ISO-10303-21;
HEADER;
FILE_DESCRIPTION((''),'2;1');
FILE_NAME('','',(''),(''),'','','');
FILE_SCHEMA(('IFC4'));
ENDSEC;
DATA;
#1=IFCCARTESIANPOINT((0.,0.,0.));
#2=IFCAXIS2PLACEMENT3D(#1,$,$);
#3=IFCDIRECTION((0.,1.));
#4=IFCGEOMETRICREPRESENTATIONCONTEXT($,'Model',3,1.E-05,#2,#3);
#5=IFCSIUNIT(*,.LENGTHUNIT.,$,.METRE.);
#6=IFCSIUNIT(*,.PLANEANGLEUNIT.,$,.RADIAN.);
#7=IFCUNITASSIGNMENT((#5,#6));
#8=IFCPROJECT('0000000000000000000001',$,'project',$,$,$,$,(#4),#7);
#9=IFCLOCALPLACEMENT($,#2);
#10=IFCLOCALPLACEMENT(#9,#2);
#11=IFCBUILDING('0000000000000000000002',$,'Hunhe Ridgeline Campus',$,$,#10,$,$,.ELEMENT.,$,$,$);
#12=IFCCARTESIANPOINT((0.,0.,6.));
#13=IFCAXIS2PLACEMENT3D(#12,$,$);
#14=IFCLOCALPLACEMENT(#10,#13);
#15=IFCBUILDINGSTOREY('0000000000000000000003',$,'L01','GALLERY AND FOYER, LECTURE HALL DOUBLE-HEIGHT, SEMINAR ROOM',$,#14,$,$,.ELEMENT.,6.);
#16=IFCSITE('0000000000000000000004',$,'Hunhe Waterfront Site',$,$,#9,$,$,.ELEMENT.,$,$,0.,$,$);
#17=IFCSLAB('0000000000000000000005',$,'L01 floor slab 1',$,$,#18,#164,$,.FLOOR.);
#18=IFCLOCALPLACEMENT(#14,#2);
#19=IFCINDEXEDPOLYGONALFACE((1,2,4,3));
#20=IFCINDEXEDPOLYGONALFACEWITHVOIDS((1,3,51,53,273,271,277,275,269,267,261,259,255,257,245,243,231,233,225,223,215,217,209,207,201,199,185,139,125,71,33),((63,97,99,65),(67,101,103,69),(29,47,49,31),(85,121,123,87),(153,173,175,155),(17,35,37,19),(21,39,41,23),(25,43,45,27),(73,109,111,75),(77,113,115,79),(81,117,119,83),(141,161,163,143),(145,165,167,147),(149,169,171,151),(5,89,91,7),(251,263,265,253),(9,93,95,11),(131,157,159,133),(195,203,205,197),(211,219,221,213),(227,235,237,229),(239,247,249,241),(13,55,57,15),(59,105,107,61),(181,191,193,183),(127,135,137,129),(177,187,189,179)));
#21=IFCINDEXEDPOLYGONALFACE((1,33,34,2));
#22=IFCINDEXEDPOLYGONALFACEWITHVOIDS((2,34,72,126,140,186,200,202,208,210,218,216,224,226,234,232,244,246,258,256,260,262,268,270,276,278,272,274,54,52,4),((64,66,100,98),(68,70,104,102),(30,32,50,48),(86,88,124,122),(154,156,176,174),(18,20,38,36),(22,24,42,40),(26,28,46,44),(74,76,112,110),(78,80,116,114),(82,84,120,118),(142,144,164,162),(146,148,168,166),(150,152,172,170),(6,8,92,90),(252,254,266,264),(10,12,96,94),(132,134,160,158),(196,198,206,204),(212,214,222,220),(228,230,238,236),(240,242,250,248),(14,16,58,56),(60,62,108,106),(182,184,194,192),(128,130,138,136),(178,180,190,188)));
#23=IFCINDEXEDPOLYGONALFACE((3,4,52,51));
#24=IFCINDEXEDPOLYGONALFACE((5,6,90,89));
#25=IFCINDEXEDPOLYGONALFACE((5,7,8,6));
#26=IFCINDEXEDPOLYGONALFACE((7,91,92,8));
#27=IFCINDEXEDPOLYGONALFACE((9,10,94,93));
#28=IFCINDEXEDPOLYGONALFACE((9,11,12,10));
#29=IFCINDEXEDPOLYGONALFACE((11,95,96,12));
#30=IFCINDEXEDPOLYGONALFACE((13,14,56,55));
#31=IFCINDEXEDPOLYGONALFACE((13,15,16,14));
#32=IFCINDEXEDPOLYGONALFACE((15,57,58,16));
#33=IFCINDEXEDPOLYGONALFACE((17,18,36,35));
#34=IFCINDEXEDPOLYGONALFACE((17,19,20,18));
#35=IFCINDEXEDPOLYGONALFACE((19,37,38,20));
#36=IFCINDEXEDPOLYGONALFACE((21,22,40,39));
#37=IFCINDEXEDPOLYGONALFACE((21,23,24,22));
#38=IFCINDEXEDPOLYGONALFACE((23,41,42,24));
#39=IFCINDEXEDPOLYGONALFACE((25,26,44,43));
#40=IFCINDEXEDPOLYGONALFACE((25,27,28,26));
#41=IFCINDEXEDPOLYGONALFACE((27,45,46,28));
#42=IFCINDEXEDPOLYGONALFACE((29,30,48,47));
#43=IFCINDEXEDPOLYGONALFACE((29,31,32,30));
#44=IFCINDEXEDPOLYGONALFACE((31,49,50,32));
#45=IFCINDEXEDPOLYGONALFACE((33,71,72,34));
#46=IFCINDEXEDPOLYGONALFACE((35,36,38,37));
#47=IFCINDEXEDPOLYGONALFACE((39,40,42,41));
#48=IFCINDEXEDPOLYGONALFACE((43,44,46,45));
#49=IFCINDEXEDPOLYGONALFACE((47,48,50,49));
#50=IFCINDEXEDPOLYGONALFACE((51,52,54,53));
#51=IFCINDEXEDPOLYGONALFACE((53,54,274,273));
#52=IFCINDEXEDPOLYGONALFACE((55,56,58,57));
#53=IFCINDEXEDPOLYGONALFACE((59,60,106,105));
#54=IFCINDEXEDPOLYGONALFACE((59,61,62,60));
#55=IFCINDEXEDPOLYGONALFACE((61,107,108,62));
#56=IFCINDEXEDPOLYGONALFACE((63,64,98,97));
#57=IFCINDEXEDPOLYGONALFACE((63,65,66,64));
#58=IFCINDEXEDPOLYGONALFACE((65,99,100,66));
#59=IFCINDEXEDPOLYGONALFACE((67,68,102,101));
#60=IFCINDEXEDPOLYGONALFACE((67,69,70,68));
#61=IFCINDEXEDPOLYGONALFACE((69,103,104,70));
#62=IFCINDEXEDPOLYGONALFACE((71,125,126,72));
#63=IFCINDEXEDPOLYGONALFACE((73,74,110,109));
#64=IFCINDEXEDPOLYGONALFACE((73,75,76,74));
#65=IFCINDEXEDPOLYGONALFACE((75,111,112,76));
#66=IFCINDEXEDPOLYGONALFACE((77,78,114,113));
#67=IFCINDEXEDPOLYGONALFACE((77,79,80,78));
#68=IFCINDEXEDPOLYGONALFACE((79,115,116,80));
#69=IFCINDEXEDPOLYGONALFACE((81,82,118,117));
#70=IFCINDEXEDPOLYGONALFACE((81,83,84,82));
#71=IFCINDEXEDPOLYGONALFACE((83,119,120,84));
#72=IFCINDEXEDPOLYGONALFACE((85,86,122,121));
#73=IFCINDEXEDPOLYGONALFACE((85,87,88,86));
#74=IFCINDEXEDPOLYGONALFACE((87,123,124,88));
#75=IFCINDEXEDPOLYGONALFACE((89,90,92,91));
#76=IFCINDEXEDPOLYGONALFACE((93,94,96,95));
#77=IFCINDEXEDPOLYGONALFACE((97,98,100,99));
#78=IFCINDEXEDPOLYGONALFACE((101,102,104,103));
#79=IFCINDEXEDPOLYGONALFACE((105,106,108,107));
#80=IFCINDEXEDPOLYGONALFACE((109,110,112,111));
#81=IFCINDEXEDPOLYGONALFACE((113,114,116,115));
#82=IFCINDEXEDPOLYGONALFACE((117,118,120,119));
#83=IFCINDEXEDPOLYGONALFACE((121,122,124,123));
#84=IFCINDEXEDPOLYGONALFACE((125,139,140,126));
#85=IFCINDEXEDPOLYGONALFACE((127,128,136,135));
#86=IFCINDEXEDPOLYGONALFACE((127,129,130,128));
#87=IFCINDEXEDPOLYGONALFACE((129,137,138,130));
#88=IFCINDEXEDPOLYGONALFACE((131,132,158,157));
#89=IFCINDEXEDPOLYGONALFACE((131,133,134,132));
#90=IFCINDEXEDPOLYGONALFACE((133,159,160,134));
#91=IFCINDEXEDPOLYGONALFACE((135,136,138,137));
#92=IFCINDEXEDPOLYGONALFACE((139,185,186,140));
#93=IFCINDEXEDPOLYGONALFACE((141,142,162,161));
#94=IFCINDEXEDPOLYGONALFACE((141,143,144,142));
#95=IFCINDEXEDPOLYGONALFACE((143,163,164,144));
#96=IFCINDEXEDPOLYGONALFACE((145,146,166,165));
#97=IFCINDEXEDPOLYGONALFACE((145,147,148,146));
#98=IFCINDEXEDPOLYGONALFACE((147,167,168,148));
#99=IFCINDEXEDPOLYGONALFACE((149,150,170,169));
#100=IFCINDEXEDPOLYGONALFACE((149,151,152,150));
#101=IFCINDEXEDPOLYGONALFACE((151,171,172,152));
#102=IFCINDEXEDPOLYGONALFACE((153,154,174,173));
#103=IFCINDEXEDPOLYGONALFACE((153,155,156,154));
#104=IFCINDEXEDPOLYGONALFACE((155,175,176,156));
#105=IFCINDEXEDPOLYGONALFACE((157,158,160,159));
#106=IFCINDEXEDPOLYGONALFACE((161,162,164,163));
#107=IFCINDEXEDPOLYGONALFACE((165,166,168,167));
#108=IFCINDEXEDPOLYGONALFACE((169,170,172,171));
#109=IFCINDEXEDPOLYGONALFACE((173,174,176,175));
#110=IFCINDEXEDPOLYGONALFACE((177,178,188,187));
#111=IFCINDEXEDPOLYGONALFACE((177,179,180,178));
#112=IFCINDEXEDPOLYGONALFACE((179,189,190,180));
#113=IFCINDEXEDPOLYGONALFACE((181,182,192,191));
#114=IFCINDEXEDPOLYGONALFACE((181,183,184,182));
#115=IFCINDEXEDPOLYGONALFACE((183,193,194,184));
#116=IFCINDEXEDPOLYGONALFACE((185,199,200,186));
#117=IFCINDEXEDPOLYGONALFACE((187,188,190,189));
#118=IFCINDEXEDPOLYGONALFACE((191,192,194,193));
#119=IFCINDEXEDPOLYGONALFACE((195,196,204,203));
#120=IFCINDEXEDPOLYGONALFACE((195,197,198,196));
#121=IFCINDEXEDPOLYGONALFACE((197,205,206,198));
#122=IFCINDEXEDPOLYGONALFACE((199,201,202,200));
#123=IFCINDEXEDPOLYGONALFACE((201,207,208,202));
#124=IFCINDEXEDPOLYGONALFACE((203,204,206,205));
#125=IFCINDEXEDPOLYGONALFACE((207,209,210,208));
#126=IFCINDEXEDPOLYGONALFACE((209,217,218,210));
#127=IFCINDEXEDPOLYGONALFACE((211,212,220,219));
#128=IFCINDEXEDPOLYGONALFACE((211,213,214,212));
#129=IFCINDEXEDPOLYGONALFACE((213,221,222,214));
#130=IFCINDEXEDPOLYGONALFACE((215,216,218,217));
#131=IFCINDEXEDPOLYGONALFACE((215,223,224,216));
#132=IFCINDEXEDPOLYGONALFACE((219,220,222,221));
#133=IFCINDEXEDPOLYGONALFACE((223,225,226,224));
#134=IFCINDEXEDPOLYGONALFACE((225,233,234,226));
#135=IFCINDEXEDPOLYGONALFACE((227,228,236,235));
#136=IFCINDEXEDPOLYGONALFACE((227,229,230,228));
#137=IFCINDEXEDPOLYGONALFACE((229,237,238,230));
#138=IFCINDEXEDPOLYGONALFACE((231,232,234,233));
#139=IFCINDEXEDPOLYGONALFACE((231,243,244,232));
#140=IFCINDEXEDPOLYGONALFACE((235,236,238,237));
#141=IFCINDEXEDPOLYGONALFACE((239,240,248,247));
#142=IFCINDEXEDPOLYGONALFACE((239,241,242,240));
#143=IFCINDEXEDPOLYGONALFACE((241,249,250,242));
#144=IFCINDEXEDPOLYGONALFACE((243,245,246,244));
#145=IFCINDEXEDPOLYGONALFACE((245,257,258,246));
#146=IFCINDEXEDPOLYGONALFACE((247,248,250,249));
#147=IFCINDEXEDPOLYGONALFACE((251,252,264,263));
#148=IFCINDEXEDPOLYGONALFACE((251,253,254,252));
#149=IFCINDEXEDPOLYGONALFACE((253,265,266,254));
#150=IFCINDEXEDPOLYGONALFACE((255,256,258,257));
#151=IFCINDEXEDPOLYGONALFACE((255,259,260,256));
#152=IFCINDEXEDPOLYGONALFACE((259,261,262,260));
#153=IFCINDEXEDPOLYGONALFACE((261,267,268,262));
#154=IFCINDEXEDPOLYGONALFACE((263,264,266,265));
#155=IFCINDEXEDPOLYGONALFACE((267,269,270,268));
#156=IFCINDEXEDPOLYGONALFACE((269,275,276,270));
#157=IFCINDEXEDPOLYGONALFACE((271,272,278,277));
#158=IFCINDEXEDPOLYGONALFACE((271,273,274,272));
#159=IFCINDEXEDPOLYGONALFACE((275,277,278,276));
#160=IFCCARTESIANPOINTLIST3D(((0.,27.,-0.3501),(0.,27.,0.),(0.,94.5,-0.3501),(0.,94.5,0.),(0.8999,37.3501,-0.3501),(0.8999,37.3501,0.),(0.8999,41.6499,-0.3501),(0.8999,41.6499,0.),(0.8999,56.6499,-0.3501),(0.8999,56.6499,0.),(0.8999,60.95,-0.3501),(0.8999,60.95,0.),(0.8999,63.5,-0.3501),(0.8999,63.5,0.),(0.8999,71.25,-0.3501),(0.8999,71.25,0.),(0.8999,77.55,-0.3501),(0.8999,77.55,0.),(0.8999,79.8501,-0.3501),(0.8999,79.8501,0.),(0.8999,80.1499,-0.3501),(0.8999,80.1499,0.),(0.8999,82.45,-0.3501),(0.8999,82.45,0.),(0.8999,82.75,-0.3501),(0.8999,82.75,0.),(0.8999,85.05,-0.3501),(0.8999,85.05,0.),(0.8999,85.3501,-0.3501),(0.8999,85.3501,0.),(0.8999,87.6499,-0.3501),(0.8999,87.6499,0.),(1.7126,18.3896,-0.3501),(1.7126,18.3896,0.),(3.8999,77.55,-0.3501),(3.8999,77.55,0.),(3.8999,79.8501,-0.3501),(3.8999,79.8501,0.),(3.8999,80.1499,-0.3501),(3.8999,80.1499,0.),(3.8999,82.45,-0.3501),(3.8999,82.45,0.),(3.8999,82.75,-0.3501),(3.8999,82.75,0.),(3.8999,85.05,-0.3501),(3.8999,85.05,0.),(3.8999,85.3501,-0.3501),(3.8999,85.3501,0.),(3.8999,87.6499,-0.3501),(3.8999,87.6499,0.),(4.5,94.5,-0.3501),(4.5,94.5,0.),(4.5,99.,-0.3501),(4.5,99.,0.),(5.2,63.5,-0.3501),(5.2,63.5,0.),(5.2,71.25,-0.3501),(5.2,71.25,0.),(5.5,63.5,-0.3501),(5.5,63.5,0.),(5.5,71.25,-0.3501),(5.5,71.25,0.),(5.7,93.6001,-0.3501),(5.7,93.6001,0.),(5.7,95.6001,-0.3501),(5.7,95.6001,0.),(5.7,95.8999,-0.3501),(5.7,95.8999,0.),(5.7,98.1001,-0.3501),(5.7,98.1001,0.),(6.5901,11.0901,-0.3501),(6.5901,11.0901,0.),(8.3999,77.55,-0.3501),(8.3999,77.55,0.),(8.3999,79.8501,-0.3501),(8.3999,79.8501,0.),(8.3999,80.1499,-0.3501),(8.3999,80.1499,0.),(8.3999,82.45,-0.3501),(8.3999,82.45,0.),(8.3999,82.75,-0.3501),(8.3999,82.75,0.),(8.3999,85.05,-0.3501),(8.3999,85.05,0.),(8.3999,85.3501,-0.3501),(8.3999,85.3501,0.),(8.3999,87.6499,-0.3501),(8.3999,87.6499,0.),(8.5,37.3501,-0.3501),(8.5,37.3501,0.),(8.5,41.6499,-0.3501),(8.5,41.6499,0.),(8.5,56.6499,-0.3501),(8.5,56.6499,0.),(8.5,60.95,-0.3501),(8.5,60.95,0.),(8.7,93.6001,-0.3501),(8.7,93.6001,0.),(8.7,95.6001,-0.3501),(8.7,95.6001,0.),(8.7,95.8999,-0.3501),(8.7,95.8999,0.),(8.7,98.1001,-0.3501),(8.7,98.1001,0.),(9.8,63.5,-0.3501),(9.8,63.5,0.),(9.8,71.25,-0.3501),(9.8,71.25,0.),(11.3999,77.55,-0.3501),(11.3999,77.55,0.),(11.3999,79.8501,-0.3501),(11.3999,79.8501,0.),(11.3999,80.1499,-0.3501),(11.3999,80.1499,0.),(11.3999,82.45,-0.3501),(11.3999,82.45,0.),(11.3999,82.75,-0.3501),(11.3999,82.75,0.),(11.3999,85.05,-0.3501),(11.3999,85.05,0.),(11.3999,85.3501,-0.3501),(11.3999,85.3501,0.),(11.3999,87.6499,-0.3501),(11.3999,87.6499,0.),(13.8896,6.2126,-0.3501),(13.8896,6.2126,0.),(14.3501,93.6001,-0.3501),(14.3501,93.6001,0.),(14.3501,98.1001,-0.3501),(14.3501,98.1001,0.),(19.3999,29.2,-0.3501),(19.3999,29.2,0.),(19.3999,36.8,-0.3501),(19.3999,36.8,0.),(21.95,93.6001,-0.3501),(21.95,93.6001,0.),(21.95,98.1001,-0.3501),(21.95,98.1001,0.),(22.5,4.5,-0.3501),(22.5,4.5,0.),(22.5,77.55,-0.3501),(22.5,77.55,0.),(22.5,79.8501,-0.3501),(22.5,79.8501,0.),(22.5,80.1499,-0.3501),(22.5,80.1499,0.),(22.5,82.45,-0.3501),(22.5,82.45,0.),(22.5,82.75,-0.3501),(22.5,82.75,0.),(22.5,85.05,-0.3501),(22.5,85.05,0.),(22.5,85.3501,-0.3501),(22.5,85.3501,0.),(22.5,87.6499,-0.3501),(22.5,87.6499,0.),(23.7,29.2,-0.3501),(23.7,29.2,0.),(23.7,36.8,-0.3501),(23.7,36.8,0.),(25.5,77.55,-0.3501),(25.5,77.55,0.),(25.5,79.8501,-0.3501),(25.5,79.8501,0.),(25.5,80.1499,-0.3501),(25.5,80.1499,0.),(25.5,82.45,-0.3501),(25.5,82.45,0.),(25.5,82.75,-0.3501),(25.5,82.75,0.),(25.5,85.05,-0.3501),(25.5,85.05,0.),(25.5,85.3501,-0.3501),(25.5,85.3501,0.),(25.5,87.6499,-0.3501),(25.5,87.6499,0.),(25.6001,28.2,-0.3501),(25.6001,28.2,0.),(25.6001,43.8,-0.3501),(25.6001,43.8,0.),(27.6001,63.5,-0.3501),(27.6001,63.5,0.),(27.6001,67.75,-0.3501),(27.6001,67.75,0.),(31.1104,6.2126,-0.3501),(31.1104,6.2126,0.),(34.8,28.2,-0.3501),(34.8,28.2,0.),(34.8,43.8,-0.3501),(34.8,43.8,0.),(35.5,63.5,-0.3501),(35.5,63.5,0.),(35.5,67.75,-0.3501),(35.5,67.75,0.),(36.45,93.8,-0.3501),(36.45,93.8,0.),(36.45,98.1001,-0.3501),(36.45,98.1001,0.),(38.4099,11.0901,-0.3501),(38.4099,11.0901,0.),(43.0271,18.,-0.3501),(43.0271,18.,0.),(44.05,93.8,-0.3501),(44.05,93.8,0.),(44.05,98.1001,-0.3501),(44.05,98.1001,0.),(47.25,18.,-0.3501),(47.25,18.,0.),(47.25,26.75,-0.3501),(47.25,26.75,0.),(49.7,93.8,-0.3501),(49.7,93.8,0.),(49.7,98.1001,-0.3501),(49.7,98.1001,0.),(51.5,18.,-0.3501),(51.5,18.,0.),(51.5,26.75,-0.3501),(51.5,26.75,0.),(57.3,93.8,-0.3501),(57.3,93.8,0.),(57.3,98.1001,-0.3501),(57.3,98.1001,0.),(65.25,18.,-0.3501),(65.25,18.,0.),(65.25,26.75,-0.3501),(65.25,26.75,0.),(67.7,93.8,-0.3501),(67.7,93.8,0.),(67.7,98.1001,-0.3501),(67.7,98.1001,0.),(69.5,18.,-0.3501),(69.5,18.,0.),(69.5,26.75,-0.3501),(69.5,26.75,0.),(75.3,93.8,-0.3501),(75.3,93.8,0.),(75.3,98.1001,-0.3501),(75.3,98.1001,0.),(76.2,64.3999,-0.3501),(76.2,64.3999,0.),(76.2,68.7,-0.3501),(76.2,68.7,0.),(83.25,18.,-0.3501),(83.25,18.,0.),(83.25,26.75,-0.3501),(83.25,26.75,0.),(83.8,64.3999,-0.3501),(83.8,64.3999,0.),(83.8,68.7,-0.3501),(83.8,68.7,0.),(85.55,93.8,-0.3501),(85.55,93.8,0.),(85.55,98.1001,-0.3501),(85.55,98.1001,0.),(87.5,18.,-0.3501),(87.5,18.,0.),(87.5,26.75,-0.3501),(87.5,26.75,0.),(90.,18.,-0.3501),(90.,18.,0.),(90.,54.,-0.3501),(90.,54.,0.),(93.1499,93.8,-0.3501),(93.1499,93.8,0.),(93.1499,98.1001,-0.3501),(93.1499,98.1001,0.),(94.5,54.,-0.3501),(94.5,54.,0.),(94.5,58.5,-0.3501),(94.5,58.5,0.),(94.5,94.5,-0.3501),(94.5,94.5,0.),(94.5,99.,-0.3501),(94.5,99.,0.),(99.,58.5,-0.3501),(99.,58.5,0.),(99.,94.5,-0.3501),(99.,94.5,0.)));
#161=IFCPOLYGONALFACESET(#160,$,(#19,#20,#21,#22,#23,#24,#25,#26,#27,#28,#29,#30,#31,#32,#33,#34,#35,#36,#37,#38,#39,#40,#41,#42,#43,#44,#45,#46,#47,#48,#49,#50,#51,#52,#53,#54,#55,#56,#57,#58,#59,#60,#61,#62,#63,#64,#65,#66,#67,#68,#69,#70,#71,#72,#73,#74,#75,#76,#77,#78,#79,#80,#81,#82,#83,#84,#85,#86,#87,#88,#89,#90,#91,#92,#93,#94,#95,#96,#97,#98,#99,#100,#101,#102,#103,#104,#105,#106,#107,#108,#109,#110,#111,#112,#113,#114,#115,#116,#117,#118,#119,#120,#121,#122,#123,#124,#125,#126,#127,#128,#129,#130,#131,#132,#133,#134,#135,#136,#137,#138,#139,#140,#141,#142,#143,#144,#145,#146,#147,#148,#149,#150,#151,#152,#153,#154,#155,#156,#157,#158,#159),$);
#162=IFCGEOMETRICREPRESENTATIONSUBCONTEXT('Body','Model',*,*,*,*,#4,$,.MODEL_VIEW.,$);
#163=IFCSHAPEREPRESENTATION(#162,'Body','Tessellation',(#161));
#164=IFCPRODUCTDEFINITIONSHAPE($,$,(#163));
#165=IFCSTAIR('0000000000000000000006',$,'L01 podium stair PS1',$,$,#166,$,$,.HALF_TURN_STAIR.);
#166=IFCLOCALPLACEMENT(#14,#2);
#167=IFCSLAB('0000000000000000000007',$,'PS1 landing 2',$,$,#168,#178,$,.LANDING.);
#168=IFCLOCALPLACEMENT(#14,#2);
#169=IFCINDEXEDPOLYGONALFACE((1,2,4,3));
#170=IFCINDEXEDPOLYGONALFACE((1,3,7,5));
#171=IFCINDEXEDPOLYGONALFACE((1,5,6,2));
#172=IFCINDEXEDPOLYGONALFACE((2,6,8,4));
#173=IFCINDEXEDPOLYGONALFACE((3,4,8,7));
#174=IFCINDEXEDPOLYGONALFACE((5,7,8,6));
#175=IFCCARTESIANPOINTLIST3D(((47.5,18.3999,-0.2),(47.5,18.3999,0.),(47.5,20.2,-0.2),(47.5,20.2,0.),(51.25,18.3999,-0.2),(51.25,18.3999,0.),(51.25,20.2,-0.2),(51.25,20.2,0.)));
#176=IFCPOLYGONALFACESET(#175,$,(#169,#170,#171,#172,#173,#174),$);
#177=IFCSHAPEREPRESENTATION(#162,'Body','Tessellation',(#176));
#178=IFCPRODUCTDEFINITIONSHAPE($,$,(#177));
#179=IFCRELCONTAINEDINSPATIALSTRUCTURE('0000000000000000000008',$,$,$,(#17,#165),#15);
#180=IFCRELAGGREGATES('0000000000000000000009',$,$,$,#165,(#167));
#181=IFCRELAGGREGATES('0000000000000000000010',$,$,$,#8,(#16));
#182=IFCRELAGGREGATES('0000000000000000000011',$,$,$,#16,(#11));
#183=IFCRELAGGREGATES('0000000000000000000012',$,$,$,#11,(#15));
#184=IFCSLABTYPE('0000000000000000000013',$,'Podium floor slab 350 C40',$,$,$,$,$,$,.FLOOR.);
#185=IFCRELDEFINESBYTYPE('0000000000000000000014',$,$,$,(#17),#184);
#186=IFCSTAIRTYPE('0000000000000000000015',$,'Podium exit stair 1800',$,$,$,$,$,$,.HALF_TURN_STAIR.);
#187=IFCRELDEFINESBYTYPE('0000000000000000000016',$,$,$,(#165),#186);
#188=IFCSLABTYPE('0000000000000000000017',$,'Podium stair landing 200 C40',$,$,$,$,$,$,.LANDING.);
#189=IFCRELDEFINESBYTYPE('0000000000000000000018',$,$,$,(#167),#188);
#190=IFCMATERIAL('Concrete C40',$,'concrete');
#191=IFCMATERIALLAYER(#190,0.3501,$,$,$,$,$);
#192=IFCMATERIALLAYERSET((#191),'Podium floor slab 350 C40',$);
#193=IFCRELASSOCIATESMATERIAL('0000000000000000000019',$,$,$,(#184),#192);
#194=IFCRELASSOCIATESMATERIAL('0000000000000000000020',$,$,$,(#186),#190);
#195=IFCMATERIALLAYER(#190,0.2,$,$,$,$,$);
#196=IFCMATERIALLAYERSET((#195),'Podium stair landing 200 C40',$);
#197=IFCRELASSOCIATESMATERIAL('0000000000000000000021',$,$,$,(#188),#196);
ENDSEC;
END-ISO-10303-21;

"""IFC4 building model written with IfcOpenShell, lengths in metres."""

from ifc_helpers import new_model, si_unit, direction, frame, origin, place, context, subcontext, project, spatial, polyline, outline, extrude, material, layer, layer_set, type_object, element, aggregate, save


model = new_model("IFC4")

# Units and contexts
model_context = context("Model", 3, precision=1e-05, world=origin(), true_north=direction((0.0, 1.0)))
body_context = subcontext(model_context, "Body", "Model", "MODEL_VIEW")
ifc_project = project(units=[si_unit("LENGTHUNIT", "METRE"), si_unit("PLANEANGLEUNIT", "RADIAN")], contexts=[model_context])

# Site, building, storey
site_placement = place(None, origin())
site = spatial("IfcSite", under=ifc_project, at=site_placement, Name="Hunhe Waterfront Site", CompositionType="ELEMENT", RefElevation=0.0)
building_placement = place(site_placement, origin())
building = spatial("IfcBuilding", under=site, at=building_placement, Name="Hunhe Ridgeline Campus", CompositionType="ELEMENT")
storey_placement = place(building_placement, frame((0.0, 0.0, 6.0)))
storey = spatial("IfcBuildingStorey", under=building, at=storey_placement, Name="L01", Description="GALLERY AND FOYER, LECTURE HALL DOUBLE-HEIGHT, SEMINAR ROOM", CompositionType="ELEMENT", Elevation=6.0)

# Slab
ifc_material = material(Name="Concrete C40", Category="concrete")
ifc_layer_1 = layer(ifc_material, 0.3501)
ifc_layer_set_1 = layer_set([ifc_layer_1], Name="Podium floor slab 350 C40")
slab_type_1 = type_object("IfcSlabType", Name="Podium floor slab 350 C40", PredefinedType="FLOOR", material=ifc_layer_set_1)
slab_1_placement = place(storey_placement, frame((0.0, 0.0, -0.3501)))
element("IfcSlab", 1, at=slab_1_placement, inside=storey, type_object=slab_type_1, Name="L01 floor slab 1", PredefinedType="FLOOR", context=body_context, shape_type="SweptSolid", body=[
    extrude(outline(polyline([(90.0, 18.0), (90.0, 54.0), (94.5, 54.0), (94.5, 58.5), (99.0, 58.5), (99.0, 94.5), (94.5, 94.5), (94.5, 99.0), (4.5, 99.0), (4.5, 94.5), (0.0, 94.5), (0.0, 27.0), (1.7126, 18.3896), (6.5901, 11.0901), (13.8896, 6.2126), (22.5, 4.5), (31.1104, 6.2126), (38.4099, 11.0901), (43.0271, 18.0), (47.25, 18.0), (47.25, 26.75), (51.5, 26.75), (51.5, 18.0), (65.25, 18.0), (65.25, 26.75), (69.5, 26.75), (69.5, 18.0), (83.25, 18.0), (83.25, 26.75), (87.5, 26.75), (87.5, 18.0), (90.0, 18.0)]), holes=[polyline([(0.8999, 41.6499), (0.8999, 37.3501), (8.5, 37.3501), (8.5, 41.6499), (0.8999, 41.6499)]), polyline([(8.5, 60.95), (0.8999, 60.95), (0.8999, 56.6499), (8.5, 56.6499), (8.5, 60.95)]), polyline([(5.2, 63.5), (5.2, 71.25), (0.8999, 71.25), (0.8999, 63.5), (5.2, 63.5)]), polyline([(9.8, 63.5), (9.8, 71.25), (5.5, 71.25), (5.5, 63.5), (9.8, 63.5)]), polyline([(0.8999, 77.55), (3.8999, 77.55), (3.8999, 79.8501), (0.8999, 79.8501), (0.8999, 77.55)]), polyline([(8.3999, 77.55), (11.3999, 77.55), (11.3999, 79.8501), (8.3999, 79.8501), (8.3999, 77.55)]), polyline([(0.8999, 80.1499), (3.8999, 80.1499), (3.8999, 82.45), (0.8999, 82.45), (0.8999, 80.1499)]), polyline([(8.3999, 80.1499), (11.3999, 80.1499), (11.3999, 82.45), (8.3999, 82.45), (8.3999, 80.1499)]), polyline([(0.8999, 82.75), (3.8999, 82.75), (3.8999, 85.05), (0.8999, 85.05), (0.8999, 82.75)]), polyline([(8.3999, 82.75), (11.3999, 82.75), (11.3999, 85.05), (8.3999, 85.05), (8.3999, 82.75)]), polyline([(0.8999, 85.3501), (3.8999, 85.3501), (3.8999, 87.6499), (0.8999, 87.6499), (0.8999, 85.3501)]), polyline([(8.3999, 85.3501), (11.3999, 85.3501), (11.3999, 87.6499), (8.3999, 87.6499), (8.3999, 85.3501)]), polyline([(5.7, 93.6001), (8.7, 93.6001), (8.7, 95.6001), (5.7, 95.6001), (5.7, 93.6001)]), polyline([(14.3501, 93.6001), (21.95, 93.6001), (21.95, 98.1001), (14.3501, 98.1001), (14.3501, 93.6001)]), polyline([(5.7, 95.8999), (8.7, 95.8999), (8.7, 98.1001), (5.7, 98.1001), (5.7, 95.8999)]), polyline([(23.7, 29.2), (23.7, 36.8), (19.3999, 36.8), (19.3999, 29.2), (23.7, 29.2)]), polyline([(25.6001, 28.2), (34.8, 28.2), (34.8, 43.8), (25.6001, 43.8), (25.6001, 28.2)]), polyline([(35.5, 67.75), (27.6001, 67.75), (27.6001, 63.5), (35.5, 63.5), (35.5, 67.75)]), polyline([(76.2, 64.3999), (83.8, 64.3999), (83.8, 68.7), (76.2, 68.7), (76.2, 64.3999)]), polyline([(22.5, 77.55), (25.5, 77.55), (25.5, 79.8501), (22.5, 79.8501), (22.5, 77.55)]), polyline([(22.5, 80.1499), (25.5, 80.1499), (25.5, 82.45), (22.5, 82.45), (22.5, 80.1499)]), polyline([(22.5, 82.75), (25.5, 82.75), (25.5, 85.05), (22.5, 85.05), (22.5, 82.75)]), polyline([(22.5, 85.3501), (25.5, 85.3501), (25.5, 87.6499), (22.5, 87.6499), (22.5, 85.3501)]), polyline([(36.45, 93.8), (44.05, 93.8), (44.05, 98.1001), (36.45, 98.1001), (36.45, 93.8)]), polyline([(49.7, 93.8), (57.3, 93.8), (57.3, 98.1001), (49.7, 98.1001), (49.7, 93.8)]), polyline([(67.7, 93.8), (75.3, 93.8), (75.3, 98.1001), (67.7, 98.1001), (67.7, 93.8)]), polyline([(85.55, 93.8), (93.1499, 93.8), (93.1499, 98.1001), (85.55, 98.1001), (85.55, 93.8)])]), origin(), (0.0, 0.0, 1.0), 0.3501),
])

# Stair, slab
stair_type = type_object("IfcStairType", Name="Podium exit stair 1800", PredefinedType="HALF_TURN_STAIR", material=ifc_material)
stair_1_placement = place(storey_placement, origin())
stair_1 = element("IfcStair", 2, at=stair_1_placement, inside=storey, type_object=stair_type, Name="L01 podium stair PS1", PredefinedType="HALF_TURN_STAIR")
ifc_layer_2 = layer(ifc_material, 0.2)
ifc_layer_set_2 = layer_set([ifc_layer_2], Name="Podium stair landing 200 C40")
slab_type_2 = type_object("IfcSlabType", Name="Podium stair landing 200 C40", PredefinedType="LANDING", material=ifc_layer_set_2)
slab_2_placement = place(storey_placement, frame((0.0, 0.0, -0.2)))
slab_2 = element("IfcSlab", 3, at=slab_2_placement, type_object=slab_type_2, Name="PS1 landing 2", PredefinedType="LANDING", context=body_context, shape_type="SweptSolid", body=[
    extrude(outline(polyline([(47.5, 18.3999), (51.25, 18.3999), (51.25, 20.2), (47.5, 20.2), (47.5, 18.3999)])), origin(), (0.0, 0.0, 1.0), 0.2),
])
aggregate(stair_1, [slab_2])

save(model, "model.ifc")
